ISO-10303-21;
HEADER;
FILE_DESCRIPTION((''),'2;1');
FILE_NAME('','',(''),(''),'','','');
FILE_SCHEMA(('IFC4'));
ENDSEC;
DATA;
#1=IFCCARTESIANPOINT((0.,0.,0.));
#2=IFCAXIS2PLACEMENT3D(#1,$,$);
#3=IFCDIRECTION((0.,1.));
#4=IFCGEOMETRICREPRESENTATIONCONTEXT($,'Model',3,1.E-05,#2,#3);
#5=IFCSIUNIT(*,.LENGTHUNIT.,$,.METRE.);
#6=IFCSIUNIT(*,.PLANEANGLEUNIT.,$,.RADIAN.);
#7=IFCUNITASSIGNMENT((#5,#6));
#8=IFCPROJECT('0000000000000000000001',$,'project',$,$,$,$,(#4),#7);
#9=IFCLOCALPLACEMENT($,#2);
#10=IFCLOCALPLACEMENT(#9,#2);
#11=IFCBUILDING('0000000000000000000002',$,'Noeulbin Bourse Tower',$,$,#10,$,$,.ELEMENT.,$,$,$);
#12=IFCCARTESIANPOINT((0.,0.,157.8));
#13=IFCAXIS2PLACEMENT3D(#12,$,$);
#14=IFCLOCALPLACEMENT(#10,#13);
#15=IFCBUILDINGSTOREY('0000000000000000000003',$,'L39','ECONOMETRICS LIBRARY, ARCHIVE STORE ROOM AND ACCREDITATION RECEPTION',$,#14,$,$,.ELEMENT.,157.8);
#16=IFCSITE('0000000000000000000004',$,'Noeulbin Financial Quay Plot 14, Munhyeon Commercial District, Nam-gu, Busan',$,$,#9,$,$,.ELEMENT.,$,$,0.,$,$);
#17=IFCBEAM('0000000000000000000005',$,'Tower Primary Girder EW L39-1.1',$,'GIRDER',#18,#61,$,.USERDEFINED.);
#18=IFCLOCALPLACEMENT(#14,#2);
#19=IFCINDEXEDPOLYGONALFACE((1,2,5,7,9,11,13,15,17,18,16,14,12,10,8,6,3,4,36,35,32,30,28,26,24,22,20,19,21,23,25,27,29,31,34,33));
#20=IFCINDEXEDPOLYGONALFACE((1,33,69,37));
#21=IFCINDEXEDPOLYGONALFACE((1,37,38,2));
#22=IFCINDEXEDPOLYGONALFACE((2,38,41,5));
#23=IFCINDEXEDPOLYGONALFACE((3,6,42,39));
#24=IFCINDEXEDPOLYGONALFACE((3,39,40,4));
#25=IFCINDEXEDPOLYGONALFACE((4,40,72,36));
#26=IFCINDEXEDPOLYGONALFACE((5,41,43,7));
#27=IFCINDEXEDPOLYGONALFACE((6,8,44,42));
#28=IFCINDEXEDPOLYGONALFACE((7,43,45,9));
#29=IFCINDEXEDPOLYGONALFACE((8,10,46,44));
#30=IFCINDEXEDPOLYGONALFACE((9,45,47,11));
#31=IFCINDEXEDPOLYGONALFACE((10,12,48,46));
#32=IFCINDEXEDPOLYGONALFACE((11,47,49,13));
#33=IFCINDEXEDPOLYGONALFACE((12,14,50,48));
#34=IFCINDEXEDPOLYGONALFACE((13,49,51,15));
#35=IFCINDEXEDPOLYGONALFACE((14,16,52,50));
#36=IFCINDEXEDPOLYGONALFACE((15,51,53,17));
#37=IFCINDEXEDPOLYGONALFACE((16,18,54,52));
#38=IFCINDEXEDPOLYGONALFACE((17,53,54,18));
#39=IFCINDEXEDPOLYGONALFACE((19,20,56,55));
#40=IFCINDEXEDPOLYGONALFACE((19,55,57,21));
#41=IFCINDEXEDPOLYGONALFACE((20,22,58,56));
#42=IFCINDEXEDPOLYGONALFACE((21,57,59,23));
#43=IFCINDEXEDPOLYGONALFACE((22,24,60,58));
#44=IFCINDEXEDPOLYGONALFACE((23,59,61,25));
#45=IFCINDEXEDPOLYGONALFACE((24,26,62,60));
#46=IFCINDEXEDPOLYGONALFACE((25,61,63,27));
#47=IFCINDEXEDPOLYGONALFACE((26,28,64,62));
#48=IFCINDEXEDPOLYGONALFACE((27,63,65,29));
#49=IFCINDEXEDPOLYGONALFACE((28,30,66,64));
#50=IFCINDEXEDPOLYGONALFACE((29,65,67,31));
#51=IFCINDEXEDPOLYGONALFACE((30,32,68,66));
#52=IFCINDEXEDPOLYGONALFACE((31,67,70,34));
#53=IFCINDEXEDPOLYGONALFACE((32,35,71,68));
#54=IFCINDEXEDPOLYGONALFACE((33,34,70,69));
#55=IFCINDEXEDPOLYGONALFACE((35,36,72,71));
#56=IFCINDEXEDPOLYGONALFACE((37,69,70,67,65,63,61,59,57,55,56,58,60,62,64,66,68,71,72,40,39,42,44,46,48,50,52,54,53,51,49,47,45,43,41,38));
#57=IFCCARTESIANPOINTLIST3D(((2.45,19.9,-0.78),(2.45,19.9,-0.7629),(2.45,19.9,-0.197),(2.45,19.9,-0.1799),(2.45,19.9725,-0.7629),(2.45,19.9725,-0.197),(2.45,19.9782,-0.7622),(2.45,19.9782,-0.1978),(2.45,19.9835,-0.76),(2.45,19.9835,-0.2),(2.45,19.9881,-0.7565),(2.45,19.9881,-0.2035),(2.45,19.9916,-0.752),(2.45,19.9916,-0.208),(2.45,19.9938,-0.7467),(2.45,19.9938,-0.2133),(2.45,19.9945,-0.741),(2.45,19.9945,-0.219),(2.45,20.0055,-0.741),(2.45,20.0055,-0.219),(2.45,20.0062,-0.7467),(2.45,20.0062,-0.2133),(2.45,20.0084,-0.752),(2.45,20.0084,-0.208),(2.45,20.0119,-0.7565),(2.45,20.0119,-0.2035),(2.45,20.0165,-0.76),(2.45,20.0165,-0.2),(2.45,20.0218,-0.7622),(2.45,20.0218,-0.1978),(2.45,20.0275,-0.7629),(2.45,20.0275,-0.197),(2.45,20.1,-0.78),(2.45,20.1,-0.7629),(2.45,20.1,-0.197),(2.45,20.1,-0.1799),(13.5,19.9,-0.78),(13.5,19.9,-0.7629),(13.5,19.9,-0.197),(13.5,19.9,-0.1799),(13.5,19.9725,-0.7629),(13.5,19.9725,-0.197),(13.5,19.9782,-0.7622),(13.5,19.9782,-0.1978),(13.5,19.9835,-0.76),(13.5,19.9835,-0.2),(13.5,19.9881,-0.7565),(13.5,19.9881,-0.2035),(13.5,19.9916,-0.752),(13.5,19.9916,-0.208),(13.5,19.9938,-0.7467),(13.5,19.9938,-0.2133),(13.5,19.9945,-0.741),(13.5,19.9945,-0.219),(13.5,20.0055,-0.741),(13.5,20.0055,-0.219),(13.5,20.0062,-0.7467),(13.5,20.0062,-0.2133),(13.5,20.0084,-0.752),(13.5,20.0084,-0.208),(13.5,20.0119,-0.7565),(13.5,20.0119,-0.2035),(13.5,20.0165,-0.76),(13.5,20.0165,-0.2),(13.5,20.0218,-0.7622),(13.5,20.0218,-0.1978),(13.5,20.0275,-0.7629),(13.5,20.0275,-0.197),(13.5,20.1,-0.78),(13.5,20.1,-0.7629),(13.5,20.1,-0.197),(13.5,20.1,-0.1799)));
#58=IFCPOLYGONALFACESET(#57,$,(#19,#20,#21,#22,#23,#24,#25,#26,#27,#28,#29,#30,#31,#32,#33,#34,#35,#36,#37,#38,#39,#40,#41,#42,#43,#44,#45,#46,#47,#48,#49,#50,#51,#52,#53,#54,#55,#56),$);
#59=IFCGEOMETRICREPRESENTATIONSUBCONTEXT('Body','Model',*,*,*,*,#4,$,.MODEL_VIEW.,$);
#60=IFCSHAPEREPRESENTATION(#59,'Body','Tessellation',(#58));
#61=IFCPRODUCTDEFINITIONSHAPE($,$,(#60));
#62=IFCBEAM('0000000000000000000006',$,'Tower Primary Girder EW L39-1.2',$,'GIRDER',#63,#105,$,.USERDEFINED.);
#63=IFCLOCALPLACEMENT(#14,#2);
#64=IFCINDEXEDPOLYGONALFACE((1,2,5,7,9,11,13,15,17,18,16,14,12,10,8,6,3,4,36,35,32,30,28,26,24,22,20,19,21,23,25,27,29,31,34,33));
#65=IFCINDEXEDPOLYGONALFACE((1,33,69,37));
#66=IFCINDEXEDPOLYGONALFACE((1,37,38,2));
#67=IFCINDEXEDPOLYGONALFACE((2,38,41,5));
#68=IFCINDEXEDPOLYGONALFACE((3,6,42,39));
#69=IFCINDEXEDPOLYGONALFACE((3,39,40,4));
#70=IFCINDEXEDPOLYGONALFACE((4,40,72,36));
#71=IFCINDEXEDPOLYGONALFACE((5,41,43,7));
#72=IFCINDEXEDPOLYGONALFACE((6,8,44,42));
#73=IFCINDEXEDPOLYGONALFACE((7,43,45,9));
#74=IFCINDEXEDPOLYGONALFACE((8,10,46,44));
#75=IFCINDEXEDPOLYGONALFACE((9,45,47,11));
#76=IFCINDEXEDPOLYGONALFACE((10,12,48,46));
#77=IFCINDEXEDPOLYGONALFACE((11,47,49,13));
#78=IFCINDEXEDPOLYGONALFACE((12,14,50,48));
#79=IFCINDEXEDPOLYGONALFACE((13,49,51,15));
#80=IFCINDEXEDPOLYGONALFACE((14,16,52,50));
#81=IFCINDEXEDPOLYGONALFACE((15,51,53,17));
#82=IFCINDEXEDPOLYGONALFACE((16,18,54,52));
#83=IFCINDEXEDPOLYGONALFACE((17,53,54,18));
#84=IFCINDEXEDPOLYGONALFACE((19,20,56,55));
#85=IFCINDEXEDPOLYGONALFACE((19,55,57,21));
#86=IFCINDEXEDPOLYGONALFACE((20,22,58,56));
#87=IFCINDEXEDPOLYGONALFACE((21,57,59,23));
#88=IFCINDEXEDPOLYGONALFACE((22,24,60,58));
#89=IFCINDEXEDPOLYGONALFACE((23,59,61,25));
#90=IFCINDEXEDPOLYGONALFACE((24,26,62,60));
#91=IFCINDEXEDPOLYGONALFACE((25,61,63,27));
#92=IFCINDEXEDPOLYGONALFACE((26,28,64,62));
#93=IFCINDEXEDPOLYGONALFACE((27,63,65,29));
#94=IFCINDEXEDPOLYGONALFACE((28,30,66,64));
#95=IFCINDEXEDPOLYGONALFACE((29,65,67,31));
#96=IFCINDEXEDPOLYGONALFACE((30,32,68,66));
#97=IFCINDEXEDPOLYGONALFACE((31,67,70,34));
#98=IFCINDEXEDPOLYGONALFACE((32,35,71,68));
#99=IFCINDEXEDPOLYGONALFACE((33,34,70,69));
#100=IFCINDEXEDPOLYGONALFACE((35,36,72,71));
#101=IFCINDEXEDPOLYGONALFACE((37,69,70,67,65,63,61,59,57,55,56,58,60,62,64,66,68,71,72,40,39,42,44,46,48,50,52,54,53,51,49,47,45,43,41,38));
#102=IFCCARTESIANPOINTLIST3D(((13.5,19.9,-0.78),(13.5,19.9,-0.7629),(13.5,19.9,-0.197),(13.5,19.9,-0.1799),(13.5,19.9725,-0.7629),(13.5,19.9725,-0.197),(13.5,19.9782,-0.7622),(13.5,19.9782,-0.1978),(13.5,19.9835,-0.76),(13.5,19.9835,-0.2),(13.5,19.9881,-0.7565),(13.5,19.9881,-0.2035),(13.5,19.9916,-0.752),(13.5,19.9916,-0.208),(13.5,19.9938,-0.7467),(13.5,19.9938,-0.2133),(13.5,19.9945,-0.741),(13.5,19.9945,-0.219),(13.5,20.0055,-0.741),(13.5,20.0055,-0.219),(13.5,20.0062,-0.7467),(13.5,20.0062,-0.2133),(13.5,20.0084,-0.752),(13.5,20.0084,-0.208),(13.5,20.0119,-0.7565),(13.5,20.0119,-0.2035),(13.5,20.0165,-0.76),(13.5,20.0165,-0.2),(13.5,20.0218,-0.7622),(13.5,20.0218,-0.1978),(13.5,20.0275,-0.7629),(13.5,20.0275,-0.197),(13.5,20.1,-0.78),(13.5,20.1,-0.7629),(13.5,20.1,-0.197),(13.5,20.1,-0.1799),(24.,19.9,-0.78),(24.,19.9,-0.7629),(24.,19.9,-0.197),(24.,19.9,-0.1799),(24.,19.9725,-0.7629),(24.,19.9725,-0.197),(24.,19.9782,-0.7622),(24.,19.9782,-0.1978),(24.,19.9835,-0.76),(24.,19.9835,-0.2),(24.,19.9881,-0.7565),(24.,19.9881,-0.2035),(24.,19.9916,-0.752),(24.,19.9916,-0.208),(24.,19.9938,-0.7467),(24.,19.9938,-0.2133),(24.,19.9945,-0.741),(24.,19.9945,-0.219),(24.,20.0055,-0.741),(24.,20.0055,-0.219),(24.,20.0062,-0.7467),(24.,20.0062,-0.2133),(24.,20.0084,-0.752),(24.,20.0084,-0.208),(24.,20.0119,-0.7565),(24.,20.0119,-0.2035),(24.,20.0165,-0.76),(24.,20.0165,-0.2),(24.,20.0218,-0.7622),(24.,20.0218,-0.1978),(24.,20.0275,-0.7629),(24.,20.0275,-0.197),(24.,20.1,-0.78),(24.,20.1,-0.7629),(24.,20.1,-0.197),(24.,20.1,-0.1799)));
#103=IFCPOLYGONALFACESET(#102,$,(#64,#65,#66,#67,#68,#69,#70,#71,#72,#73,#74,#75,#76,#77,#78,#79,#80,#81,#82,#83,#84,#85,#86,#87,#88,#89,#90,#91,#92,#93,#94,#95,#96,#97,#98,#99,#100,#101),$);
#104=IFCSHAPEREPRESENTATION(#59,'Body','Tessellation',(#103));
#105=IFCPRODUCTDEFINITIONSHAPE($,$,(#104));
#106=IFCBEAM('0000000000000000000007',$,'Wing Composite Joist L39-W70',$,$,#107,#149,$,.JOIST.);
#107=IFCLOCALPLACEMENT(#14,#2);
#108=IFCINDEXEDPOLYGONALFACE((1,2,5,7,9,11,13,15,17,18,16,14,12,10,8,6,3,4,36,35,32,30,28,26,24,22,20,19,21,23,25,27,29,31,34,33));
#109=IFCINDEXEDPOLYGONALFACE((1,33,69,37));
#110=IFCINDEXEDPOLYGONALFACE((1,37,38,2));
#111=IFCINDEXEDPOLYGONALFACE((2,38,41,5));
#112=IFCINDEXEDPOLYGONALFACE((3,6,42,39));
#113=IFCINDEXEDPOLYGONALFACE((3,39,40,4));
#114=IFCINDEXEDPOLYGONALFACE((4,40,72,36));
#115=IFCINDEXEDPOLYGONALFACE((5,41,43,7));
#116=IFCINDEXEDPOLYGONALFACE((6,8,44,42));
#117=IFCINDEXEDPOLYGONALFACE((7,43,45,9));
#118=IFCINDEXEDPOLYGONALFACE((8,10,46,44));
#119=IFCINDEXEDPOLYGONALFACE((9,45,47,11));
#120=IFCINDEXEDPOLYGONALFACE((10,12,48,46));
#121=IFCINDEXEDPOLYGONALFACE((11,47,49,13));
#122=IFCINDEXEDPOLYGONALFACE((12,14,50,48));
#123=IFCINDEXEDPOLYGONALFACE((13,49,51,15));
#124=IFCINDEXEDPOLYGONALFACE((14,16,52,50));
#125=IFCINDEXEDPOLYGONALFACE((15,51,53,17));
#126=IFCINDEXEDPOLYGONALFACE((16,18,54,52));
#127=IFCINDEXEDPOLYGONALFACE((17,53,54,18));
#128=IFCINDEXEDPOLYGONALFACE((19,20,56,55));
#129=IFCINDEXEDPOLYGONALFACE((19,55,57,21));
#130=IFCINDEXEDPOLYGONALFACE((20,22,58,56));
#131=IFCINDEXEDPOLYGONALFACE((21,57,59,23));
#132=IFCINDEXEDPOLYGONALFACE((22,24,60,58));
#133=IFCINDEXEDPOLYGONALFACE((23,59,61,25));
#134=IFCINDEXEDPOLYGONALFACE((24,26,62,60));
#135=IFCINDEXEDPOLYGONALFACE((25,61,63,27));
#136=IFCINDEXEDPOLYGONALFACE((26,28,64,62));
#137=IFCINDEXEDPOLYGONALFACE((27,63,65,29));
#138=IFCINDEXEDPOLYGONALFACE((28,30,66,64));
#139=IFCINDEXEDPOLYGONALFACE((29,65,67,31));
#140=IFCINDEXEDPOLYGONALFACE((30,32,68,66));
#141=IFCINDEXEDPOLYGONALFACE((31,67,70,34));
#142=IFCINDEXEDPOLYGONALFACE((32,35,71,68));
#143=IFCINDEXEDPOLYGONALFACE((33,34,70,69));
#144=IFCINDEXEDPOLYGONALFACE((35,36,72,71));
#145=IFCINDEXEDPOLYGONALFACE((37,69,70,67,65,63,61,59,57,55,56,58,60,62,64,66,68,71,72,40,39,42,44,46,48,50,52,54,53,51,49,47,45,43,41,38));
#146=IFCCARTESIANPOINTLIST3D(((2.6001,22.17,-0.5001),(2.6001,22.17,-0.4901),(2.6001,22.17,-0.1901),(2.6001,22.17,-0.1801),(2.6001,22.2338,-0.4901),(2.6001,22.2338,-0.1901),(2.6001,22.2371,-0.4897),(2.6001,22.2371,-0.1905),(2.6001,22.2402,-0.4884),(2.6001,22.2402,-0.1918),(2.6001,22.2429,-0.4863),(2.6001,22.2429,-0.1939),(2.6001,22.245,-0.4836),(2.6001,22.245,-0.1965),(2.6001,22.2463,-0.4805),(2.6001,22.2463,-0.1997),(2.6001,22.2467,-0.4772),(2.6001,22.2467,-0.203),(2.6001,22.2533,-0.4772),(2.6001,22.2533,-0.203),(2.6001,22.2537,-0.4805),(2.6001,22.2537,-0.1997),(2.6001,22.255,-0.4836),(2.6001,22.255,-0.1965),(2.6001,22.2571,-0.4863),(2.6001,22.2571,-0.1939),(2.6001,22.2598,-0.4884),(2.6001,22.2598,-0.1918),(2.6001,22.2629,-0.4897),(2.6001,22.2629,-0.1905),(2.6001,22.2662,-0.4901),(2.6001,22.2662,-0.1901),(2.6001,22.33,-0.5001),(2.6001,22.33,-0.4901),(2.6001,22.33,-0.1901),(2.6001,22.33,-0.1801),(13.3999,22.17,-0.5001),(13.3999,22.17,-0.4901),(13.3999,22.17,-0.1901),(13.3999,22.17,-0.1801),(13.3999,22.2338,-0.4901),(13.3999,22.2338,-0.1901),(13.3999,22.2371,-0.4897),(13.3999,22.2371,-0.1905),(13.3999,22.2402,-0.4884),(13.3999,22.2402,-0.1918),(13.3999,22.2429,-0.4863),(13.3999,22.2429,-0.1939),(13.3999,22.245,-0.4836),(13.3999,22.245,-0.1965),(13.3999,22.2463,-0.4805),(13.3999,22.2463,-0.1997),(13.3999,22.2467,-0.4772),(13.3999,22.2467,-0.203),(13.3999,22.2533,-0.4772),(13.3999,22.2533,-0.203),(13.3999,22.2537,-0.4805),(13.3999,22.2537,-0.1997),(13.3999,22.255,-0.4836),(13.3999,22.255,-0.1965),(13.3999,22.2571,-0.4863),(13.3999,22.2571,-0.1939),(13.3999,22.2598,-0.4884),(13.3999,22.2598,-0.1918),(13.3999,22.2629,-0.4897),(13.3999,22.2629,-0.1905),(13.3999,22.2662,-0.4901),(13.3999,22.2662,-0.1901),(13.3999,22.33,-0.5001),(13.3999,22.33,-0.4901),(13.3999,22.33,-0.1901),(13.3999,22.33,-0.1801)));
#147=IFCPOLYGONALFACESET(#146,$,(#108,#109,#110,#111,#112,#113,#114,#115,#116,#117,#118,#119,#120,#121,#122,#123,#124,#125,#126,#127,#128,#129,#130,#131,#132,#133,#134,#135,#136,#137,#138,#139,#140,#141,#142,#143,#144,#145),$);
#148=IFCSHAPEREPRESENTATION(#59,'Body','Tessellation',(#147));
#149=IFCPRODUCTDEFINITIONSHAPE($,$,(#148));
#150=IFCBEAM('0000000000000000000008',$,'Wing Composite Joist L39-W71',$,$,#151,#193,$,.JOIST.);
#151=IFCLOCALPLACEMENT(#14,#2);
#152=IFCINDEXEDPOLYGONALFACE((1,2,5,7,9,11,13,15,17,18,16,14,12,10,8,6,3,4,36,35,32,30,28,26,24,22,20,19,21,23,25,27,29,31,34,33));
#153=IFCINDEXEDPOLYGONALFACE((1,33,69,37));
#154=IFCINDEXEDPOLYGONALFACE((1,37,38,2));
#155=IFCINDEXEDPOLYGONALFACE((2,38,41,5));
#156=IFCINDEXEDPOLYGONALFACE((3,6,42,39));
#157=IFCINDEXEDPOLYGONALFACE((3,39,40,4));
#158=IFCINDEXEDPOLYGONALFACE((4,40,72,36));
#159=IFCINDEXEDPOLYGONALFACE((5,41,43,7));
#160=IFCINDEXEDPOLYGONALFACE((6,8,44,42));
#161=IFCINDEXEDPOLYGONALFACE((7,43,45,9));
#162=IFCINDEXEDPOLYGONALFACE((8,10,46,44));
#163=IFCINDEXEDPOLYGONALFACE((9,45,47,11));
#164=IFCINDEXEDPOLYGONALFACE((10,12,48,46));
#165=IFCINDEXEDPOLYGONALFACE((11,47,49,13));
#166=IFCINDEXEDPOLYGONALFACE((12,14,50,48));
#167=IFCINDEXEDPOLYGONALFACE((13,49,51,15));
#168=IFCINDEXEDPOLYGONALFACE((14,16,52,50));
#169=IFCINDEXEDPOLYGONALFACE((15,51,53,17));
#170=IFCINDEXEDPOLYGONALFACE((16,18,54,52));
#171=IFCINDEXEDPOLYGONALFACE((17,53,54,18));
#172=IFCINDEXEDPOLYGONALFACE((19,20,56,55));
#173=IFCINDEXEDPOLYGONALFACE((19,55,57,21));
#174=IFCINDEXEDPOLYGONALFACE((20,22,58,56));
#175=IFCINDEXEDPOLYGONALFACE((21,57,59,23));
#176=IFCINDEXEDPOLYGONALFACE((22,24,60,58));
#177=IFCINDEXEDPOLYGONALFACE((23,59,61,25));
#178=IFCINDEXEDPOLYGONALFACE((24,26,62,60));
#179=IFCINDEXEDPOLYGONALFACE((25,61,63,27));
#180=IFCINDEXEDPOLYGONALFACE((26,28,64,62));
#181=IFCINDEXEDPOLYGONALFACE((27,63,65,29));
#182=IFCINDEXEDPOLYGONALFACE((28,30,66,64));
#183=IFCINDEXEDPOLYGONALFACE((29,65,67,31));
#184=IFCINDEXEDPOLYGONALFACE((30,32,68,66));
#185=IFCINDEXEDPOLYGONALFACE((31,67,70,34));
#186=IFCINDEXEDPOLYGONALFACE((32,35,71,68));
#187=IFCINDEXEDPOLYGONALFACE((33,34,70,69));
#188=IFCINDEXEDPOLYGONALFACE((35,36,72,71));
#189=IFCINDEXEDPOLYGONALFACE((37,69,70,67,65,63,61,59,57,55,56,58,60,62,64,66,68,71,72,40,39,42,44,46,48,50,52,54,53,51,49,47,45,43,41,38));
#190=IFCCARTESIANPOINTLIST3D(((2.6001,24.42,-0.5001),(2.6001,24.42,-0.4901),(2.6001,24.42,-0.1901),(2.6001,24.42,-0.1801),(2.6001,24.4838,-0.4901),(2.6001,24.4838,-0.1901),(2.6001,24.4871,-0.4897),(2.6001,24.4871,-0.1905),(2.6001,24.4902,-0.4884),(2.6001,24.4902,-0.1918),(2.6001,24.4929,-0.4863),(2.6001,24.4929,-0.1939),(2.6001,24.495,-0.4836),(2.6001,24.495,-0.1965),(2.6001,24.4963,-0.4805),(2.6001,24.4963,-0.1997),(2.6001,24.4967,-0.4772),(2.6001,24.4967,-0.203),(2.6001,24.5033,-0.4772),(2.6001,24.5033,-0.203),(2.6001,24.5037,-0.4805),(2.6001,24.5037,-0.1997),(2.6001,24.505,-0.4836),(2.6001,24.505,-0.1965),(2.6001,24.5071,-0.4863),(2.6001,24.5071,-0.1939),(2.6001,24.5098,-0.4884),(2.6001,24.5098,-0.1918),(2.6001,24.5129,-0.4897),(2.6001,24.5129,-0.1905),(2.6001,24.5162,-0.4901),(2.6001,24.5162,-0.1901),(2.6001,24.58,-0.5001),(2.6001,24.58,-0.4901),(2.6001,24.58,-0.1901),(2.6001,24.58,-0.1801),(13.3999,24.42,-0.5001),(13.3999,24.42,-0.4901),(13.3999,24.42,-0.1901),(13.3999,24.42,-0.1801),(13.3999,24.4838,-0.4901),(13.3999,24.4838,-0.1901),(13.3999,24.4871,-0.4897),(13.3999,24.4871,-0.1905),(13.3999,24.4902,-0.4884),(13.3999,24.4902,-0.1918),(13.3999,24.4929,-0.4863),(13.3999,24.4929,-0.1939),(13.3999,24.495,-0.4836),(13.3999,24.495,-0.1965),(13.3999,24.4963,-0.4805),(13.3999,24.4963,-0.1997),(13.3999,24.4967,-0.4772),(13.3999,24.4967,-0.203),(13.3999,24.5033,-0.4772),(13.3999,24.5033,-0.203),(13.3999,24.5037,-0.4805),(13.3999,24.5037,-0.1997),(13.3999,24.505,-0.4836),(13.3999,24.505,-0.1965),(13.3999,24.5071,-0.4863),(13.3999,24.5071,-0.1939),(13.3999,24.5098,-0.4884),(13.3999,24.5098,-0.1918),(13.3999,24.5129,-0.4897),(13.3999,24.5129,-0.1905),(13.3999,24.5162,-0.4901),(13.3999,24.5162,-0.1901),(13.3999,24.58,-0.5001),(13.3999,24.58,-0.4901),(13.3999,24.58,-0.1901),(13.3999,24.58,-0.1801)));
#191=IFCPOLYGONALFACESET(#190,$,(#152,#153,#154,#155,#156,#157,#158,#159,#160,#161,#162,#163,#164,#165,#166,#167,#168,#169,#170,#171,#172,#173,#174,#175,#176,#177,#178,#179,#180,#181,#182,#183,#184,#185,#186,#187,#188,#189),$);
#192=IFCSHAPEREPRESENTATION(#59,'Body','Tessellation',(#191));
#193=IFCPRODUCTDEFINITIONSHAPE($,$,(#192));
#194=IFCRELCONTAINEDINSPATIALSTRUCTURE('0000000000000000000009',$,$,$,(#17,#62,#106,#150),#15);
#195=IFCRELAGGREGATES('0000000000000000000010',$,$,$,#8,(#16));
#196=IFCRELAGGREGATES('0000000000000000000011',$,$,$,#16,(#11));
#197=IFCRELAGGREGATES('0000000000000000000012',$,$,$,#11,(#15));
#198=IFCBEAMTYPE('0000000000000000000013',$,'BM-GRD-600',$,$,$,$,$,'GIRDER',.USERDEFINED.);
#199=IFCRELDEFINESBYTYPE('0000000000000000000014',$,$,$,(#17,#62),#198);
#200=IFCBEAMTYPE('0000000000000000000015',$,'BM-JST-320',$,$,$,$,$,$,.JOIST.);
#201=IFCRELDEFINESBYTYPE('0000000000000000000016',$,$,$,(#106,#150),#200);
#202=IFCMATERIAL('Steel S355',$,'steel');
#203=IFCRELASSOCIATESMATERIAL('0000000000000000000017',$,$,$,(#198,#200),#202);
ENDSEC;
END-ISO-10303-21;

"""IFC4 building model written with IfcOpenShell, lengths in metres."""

from ifc_helpers import new_model, si_unit, direction, frame, origin, origin_2d, place, context, subcontext, project, spatial, i_section, extrude, material, material_profile, profile_set, type_object, element, save


model = new_model("IFC4")

# Units and contexts
model_context = context("Model", 3, precision=1e-05, world=origin(), true_north=direction((0.0, 1.0)))
body_context = subcontext(model_context, "Body", "Model", "MODEL_VIEW")
ifc_project = project(units=[si_unit("LENGTHUNIT", "METRE"), si_unit("PLANEANGLEUNIT", "RADIAN")], contexts=[model_context])

# Site, building, storey
site_placement = place(None, origin())
site = spatial("IfcSite", under=ifc_project, at=site_placement, Name="Noeulbin Financial Quay Plot 14, Munhyeon Commercial District, Nam-gu, Busan", CompositionType="ELEMENT", RefElevation=0.0)
building_placement = place(site_placement, origin())
building = spatial("IfcBuilding", under=site, at=building_placement, Name="Noeulbin Bourse Tower", CompositionType="ELEMENT")
storey_placement = place(building_placement, frame((0.0, 0.0, 157.8)))
storey = spatial("IfcBuildingStorey", under=building, at=storey_placement, Name="L39", Description="ECONOMETRICS LIBRARY, ARCHIVE STORE ROOM AND ACCREDITATION RECEPTION", CompositionType="ELEMENT", Elevation=157.8)

# Shared definitions
ifc_material_1 = material(Name="Steel S355", Category="steel")

# Beams
ifc_material_profile_1 = material_profile(ifc_material_1, i_section(OverallWidth=0.2, OverallDepth=0.6001, WebThickness=0.011, FlangeThickness=0.0171, FilletRadius=0.022, at=origin_2d()), Name="H-600x200x11x17", Category="LoadBearing")
ifc_profile_set_1 = profile_set([ifc_material_profile_1], Name="Steel S355")
beam_type_1 = type_object("IfcBeamType", Name="BM-GRD-600", ElementType="GIRDER", PredefinedType="USERDEFINED", material=ifc_profile_set_1)
beam_1_placement = place(storey_placement, frame((2.45, 20.0, -0.48), z_axis=(1.0, 0.0, 0.0), x_axis=(0.0, 1.0, 0.0)))
element("IfcBeam", 1, at=beam_1_placement, inside=storey, type_object=beam_type_1, Name="Tower Primary Girder EW L39-1.1", ObjectType="GIRDER", PredefinedType="USERDEFINED", context=body_context, shape_type="SweptSolid", body=[
    extrude(i_section(OverallWidth=0.2, OverallDepth=0.6001, WebThickness=0.011, FlangeThickness=0.0171, FilletRadius=0.022, at=origin_2d()), origin(), (0.0, 0.0, 1.0), 11.05),
])
beam_2_placement = place(storey_placement, frame((13.5, 20.0, -0.48), z_axis=(1.0, 0.0, 0.0), x_axis=(0.0, 1.0, 0.0)))
element("IfcBeam", 2, at=beam_2_placement, inside=storey, type_object=beam_type_1, Name="Tower Primary Girder EW L39-1.2", ObjectType="GIRDER", PredefinedType="USERDEFINED", context=body_context, shape_type="SweptSolid", body=[
    extrude(i_section(OverallWidth=0.2, OverallDepth=0.6001, WebThickness=0.011, FlangeThickness=0.0171, FilletRadius=0.022, at=origin_2d()), origin(), (0.0, 0.0, 1.0), 10.5),
])
ifc_material_profile_2 = material_profile(ifc_material_1, i_section(OverallWidth=0.1599, OverallDepth=0.3201, WebThickness=0.0066, FlangeThickness=0.01, FilletRadius=0.0129, at=origin_2d()), Name="H-320x160x6.5x10", Category="LoadBearing")
ifc_profile_set_2 = profile_set([ifc_material_profile_2], Name="Steel S355")
beam_type_2 = type_object("IfcBeamType", Name="BM-JST-320", PredefinedType="JOIST", material=ifc_profile_set_2)
for number, where, z_axis, x_axis, name in (
    (3, (2.6001, 22.25, -0.3401), (1.0, 0.0, 0.0), (0.0, 1.0, 0.0), "Wing Composite Joist L39-W70"),
    (4, (2.6001, 24.5, -0.3401), (1.0, 0.0, 0.0), (0.0, 1.0, 0.0), "Wing Composite Joist L39-W71"),
):
    element("IfcBeam", number, at=place(storey_placement, frame(where, z_axis=z_axis, x_axis=x_axis)), inside=storey, type_object=beam_type_2, Name=name, PredefinedType="JOIST", context=body_context, shape_type="SweptSolid", body=[
        extrude(i_section(OverallWidth=0.1599, OverallDepth=0.3201, WebThickness=0.0066, FlangeThickness=0.01, FilletRadius=0.0129, at=origin_2d()), origin(), (0.0, 0.0, 1.0), 10.7998),
    ])

save(model, "model.ifc")
